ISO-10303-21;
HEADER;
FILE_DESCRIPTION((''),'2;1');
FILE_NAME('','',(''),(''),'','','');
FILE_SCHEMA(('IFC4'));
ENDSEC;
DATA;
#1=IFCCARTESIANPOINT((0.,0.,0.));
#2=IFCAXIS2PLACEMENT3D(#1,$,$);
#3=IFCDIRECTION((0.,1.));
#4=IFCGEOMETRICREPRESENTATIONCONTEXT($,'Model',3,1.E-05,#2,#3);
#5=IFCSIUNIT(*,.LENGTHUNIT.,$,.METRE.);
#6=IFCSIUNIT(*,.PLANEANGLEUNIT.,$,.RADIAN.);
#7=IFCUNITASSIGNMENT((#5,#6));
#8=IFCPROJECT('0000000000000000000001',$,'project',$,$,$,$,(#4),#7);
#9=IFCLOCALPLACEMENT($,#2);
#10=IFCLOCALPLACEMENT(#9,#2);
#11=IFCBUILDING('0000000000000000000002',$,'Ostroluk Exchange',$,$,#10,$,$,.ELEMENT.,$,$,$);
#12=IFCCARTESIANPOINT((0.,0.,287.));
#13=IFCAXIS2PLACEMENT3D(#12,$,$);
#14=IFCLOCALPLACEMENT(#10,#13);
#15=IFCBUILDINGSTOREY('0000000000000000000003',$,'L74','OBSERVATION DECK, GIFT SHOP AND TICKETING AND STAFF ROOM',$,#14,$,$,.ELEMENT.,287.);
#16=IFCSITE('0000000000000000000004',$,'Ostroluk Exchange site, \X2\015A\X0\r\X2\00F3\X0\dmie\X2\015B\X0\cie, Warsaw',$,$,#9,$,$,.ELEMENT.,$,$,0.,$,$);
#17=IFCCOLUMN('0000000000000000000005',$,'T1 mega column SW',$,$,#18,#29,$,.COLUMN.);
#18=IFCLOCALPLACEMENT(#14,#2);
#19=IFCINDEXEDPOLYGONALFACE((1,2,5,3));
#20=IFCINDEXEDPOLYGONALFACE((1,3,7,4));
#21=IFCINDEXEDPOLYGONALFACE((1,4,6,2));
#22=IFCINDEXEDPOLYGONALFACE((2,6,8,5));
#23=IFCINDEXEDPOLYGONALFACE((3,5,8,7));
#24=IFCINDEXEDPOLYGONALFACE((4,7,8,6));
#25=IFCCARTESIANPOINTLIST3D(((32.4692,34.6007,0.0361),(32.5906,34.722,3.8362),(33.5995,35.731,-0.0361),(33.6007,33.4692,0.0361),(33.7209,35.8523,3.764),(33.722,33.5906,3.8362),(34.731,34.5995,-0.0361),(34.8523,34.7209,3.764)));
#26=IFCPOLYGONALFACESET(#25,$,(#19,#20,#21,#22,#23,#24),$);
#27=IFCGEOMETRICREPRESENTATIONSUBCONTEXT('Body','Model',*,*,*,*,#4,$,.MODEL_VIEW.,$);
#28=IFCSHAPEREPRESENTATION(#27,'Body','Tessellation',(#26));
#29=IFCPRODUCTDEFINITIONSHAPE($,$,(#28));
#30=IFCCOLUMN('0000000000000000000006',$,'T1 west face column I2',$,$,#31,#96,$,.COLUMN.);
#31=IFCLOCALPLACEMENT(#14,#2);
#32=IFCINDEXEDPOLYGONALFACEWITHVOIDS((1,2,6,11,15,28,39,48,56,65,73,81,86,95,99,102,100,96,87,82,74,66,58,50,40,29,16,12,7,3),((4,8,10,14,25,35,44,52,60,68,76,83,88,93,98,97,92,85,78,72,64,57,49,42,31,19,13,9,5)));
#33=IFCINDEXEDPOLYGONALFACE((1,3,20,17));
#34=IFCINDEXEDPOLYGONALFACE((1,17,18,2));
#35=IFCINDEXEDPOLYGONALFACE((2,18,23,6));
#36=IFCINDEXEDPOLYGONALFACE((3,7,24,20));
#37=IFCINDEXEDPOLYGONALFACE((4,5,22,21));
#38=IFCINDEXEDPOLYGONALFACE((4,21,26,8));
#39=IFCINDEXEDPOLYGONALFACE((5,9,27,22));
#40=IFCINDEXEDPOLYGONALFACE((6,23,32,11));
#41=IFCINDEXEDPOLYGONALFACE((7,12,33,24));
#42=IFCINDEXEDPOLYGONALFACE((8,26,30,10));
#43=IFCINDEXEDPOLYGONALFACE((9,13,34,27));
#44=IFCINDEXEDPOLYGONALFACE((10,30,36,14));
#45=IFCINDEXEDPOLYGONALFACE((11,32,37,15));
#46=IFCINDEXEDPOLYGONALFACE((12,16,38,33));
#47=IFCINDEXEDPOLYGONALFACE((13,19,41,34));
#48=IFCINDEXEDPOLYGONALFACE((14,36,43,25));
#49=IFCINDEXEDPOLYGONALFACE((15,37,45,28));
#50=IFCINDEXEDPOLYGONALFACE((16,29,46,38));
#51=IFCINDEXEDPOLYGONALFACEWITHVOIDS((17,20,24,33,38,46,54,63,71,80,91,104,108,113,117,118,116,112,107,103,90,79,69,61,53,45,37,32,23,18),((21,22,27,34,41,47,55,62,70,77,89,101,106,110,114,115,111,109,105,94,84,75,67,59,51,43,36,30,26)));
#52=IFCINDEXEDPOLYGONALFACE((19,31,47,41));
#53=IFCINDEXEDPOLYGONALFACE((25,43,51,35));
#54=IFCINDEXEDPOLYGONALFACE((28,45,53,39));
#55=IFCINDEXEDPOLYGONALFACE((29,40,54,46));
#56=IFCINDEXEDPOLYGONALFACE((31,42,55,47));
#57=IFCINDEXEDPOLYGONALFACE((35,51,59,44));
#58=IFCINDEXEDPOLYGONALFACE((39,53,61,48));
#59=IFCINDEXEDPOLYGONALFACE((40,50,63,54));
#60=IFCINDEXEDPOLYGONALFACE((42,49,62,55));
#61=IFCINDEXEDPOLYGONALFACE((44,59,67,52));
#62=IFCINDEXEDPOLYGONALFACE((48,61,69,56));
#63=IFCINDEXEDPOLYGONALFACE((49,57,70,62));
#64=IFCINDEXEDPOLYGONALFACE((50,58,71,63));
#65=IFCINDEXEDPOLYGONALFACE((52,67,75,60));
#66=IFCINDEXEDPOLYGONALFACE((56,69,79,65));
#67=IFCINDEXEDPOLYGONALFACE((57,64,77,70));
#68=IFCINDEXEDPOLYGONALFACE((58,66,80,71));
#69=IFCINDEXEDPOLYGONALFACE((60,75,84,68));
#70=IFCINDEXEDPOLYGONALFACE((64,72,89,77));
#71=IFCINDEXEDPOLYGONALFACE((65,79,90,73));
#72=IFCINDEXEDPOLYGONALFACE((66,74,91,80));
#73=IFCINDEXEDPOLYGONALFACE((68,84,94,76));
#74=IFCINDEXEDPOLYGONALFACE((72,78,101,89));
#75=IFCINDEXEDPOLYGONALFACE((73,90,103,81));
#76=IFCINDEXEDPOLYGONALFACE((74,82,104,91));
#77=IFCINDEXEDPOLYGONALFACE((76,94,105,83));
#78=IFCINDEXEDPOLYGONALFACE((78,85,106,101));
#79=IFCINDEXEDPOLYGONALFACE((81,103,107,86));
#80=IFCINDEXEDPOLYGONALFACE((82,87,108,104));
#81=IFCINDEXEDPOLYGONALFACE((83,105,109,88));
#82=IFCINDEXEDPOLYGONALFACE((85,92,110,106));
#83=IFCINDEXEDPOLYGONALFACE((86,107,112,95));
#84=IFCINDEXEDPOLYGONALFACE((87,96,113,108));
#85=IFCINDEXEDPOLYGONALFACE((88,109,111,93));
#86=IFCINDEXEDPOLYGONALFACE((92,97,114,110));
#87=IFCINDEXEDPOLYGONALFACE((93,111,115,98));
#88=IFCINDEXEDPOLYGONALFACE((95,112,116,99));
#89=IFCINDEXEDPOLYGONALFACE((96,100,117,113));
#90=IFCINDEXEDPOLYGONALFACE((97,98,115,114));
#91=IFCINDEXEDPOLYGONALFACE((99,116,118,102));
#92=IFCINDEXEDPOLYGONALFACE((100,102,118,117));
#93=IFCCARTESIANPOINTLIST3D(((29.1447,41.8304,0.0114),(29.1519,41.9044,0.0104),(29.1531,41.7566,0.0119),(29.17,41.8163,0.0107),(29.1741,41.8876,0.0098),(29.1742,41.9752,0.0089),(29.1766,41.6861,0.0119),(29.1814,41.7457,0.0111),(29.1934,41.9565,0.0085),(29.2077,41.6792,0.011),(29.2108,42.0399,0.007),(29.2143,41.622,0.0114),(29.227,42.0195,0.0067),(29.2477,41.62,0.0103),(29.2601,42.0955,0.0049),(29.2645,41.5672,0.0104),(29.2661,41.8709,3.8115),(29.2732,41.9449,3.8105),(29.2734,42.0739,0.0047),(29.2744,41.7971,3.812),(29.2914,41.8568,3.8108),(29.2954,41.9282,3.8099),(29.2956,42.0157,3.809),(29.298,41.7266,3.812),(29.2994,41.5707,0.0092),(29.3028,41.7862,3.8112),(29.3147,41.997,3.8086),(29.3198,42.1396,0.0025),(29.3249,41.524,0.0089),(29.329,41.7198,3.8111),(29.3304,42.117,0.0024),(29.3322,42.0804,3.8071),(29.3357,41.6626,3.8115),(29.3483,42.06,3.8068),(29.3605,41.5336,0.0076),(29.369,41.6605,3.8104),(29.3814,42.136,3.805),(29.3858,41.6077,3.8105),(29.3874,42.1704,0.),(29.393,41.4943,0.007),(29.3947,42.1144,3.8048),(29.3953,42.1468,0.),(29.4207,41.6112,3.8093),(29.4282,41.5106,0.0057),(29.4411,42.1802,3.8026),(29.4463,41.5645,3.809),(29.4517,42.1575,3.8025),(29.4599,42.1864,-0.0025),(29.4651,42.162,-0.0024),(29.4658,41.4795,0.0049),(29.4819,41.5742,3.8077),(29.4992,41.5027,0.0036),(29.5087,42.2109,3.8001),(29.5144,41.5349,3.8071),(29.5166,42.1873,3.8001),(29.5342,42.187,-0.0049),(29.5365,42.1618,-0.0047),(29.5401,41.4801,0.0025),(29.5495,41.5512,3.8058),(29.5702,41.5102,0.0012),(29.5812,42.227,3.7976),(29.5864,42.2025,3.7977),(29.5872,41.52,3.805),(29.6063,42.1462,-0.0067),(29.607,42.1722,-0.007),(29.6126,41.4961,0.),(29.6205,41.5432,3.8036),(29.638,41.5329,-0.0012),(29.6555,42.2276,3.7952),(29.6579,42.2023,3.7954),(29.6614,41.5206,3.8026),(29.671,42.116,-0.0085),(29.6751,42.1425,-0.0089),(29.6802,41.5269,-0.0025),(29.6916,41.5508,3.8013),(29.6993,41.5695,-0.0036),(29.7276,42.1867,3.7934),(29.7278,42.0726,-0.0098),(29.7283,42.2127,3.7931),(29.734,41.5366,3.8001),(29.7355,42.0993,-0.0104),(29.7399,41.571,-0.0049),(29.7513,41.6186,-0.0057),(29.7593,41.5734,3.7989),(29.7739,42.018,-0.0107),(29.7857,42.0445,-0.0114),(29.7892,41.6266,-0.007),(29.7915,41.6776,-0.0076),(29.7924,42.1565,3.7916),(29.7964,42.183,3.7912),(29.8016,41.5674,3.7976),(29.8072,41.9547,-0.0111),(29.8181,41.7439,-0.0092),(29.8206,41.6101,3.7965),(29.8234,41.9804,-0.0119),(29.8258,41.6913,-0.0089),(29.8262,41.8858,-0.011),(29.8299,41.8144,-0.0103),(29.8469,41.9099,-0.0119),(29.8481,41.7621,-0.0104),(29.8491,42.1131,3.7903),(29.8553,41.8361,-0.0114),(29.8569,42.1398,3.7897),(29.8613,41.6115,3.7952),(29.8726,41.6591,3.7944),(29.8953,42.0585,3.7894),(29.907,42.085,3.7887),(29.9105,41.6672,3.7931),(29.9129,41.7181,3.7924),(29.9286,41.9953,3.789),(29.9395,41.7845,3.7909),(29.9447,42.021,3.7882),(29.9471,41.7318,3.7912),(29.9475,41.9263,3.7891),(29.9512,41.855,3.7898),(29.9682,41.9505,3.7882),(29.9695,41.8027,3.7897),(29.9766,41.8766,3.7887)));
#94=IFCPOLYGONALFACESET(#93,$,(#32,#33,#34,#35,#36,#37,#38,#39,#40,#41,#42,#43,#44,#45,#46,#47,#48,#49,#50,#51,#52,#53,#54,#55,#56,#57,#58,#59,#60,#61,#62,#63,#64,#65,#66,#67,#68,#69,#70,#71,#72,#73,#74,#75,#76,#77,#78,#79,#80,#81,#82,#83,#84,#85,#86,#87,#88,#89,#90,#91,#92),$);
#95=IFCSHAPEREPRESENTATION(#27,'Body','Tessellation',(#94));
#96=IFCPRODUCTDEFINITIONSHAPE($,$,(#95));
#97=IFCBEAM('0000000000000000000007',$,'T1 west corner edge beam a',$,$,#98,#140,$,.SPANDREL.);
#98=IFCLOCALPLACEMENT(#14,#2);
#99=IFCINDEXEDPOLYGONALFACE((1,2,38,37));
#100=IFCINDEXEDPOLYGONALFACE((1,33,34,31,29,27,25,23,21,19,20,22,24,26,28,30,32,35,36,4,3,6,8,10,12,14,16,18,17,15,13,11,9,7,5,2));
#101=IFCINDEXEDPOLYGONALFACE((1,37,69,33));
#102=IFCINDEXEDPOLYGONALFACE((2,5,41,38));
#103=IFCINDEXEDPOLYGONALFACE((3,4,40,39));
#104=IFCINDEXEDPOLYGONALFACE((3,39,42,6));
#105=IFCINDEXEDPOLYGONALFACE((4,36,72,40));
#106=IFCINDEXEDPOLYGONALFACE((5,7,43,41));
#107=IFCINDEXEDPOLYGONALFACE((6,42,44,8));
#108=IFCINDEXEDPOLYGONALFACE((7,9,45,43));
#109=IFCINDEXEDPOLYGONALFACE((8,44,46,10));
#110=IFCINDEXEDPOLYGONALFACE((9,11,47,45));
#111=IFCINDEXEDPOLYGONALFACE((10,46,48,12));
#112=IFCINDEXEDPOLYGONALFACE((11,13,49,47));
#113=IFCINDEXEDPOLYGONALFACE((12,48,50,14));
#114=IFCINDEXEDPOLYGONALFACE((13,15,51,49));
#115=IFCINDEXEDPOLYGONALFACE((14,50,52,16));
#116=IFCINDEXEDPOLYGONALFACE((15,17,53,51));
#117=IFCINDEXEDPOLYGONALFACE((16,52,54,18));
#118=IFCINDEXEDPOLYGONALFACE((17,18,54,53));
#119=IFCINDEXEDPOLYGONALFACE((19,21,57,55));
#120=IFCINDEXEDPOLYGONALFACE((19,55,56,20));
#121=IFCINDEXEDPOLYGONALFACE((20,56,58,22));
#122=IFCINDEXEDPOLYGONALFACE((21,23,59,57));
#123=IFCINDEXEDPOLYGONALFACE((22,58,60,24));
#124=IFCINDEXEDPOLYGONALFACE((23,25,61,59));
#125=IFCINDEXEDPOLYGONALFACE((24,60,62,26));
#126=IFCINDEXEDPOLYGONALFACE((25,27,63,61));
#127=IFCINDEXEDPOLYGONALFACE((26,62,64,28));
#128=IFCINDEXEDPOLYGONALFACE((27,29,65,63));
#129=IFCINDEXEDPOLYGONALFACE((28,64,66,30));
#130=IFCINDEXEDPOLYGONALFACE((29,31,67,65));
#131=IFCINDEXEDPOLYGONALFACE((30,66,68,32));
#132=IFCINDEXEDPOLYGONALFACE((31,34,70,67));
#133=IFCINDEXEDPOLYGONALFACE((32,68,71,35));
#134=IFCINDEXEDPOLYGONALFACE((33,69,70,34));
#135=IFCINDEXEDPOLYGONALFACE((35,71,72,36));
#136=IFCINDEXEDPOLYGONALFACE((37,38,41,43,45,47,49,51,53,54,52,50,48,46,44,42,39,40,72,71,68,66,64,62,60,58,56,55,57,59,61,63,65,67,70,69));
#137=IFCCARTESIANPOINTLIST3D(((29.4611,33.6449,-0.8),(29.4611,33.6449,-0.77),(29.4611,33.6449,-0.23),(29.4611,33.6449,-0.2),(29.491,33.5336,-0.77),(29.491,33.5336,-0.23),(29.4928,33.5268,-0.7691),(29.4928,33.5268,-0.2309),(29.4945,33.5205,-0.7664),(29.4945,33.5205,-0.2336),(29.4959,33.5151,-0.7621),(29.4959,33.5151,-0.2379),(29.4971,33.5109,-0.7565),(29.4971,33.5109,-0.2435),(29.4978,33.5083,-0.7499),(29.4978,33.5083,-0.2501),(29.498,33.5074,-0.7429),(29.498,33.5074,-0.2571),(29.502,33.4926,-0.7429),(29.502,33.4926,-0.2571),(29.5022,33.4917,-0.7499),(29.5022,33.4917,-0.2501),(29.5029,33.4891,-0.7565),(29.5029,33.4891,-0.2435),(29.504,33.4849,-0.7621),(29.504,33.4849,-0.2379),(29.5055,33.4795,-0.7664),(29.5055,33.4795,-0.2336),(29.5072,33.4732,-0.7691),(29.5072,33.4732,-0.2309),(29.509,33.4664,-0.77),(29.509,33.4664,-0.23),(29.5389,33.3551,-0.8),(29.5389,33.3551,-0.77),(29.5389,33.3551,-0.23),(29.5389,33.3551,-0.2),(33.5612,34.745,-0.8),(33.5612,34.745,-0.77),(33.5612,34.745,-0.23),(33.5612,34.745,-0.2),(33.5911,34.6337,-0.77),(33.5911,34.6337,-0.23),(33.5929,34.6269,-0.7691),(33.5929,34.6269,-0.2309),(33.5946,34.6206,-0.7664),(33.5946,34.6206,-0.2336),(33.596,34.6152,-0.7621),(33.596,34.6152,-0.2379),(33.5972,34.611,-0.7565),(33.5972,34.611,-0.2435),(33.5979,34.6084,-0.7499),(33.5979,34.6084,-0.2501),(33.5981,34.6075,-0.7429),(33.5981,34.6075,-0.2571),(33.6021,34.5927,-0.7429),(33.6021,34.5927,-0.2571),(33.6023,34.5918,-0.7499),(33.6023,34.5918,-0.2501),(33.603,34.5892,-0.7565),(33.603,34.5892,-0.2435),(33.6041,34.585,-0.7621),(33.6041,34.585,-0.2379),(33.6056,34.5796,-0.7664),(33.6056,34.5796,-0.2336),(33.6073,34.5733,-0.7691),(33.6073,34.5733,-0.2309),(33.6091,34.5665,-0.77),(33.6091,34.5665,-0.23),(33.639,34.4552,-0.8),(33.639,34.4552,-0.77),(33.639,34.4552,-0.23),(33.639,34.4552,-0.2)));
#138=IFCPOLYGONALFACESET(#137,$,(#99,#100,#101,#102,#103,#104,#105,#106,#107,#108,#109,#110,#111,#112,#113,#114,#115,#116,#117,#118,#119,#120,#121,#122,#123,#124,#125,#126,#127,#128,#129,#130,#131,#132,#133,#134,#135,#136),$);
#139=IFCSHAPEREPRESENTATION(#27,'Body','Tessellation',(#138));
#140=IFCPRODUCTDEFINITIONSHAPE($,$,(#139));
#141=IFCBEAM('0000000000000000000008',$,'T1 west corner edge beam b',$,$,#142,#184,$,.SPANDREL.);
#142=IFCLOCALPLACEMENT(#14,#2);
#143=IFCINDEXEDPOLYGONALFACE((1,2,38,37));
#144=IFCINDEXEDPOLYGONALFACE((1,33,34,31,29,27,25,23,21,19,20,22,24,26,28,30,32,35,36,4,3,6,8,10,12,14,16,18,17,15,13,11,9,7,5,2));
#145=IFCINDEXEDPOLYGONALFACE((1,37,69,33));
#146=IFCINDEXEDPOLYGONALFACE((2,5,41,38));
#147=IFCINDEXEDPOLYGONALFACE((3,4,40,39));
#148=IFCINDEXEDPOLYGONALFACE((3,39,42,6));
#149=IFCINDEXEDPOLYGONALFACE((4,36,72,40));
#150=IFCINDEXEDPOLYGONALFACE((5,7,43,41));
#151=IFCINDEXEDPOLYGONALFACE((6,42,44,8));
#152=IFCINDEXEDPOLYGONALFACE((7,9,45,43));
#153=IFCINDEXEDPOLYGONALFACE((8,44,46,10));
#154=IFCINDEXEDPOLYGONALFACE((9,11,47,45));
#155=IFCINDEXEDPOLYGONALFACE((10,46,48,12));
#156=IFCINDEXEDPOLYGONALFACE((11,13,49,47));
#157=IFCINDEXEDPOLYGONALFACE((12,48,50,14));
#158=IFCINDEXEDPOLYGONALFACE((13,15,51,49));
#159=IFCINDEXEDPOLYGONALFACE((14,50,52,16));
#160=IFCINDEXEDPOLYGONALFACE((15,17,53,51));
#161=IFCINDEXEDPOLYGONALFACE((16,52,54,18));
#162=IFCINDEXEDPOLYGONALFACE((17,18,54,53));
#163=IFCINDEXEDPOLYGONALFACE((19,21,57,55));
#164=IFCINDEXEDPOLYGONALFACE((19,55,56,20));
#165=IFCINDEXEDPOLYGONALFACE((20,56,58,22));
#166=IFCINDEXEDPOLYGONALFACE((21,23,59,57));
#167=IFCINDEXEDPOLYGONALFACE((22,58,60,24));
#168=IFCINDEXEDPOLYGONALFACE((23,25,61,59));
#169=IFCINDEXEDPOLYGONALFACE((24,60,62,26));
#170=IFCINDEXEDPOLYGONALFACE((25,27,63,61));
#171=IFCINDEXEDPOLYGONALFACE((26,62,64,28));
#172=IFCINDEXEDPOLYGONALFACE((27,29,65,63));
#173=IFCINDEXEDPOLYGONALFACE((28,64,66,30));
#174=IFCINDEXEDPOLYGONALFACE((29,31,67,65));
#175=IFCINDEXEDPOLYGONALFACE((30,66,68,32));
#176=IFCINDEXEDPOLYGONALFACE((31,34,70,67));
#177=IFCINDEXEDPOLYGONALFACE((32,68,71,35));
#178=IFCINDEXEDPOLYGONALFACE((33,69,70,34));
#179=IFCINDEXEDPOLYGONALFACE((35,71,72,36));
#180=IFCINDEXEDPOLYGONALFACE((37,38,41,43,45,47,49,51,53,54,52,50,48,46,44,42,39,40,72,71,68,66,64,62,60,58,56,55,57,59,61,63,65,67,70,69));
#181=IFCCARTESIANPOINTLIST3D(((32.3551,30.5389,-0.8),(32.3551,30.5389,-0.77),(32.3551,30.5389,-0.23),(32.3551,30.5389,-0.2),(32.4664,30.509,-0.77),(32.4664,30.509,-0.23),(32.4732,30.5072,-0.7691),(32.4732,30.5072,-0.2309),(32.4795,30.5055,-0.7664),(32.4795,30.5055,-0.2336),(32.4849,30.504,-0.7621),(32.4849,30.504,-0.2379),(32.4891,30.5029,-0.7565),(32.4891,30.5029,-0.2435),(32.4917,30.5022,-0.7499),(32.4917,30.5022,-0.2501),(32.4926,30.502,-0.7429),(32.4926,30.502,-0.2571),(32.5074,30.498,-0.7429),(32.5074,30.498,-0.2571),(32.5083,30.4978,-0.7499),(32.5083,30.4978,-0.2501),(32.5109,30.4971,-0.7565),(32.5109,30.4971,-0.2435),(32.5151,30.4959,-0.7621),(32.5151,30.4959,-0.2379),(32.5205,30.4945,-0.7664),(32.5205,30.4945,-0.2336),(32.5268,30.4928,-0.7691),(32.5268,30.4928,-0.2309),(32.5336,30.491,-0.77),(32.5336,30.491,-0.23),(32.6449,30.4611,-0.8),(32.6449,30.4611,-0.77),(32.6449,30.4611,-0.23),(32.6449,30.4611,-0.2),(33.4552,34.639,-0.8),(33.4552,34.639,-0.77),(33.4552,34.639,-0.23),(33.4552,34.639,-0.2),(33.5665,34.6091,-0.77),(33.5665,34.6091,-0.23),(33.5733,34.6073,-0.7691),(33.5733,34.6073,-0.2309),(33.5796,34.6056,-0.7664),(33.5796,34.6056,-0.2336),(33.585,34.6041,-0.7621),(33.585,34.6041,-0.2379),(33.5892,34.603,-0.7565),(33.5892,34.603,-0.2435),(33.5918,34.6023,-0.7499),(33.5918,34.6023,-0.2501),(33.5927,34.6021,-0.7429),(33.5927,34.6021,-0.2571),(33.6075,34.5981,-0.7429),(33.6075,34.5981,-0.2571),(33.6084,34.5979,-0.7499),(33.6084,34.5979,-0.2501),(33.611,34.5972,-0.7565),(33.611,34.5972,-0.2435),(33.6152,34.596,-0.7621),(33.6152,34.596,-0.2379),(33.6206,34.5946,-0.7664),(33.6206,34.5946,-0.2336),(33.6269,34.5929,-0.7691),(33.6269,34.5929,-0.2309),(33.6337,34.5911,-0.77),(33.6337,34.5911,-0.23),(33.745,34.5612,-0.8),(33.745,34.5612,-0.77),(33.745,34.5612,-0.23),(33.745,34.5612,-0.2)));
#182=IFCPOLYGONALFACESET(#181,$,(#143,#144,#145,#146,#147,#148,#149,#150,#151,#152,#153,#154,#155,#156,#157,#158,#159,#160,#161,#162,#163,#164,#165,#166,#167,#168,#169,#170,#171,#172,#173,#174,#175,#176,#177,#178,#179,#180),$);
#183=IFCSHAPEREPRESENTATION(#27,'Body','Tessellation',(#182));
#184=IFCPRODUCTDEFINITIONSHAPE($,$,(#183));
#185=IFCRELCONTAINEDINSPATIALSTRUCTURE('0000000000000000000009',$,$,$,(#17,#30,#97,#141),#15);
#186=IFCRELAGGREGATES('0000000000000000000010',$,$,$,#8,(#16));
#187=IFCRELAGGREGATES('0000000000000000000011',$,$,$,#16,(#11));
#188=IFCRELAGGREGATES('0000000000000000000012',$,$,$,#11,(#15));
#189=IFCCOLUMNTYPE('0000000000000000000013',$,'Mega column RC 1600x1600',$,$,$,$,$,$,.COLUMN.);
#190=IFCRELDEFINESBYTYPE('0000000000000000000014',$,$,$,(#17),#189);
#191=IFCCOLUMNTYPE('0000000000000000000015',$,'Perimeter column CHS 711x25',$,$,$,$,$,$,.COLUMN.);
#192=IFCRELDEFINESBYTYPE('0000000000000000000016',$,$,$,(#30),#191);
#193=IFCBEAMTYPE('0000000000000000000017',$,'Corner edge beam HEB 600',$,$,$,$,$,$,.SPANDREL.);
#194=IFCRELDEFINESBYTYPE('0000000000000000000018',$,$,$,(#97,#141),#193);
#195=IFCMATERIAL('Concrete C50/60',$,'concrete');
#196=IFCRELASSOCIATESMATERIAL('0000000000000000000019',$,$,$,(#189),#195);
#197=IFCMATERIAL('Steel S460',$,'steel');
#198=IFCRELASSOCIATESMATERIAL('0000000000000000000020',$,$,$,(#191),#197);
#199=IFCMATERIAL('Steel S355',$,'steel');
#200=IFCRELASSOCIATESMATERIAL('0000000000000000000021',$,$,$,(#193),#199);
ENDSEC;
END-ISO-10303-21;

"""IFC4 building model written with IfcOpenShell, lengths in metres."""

from ifc_helpers import new_model, si_unit, direction, frame, origin, origin_2d, place, context, subcontext, project, spatial, rectangle, hollow_circle, i_section, extrude, material, material_profile, profile_set, type_object, element, save


model = new_model("IFC4")

# Units and contexts
model_context = context("Model", 3, precision=1e-05, world=origin(), true_north=direction((0.0, 1.0)))
body_context = subcontext(model_context, "Body", "Model", "MODEL_VIEW")
ifc_project = project(units=[si_unit("LENGTHUNIT", "METRE"), si_unit("PLANEANGLEUNIT", "RADIAN")], contexts=[model_context])

# Site, building, storey
site_placement = place(None, origin())
site = spatial("IfcSite", under=ifc_project, at=site_placement, Name="Ostroluk Exchange site, Śródmieście, Warsaw", CompositionType="ELEMENT", RefElevation=0.0)
building_placement = place(site_placement, origin())
building = spatial("IfcBuilding", under=site, at=building_placement, Name="Ostroluk Exchange", CompositionType="ELEMENT")
storey_placement = place(building_placement, frame((0.0, 0.0, 287.0)))
storey = spatial("IfcBuildingStorey", under=building, at=storey_placement, Name="L74", Description="OBSERVATION DECK, GIFT SHOP AND TICKETING AND STAFF ROOM", CompositionType="ELEMENT", Elevation=287.0)

# Columns
ifc_material_1 = material(Name="Concrete C50/60", Category="concrete")
ifc_material_profile_1 = material_profile(ifc_material_1, rectangle(XDim=1.6001, YDim=1.6001, at=origin_2d()), Name="RC 1600x1600")
ifc_profile_set_1 = profile_set([ifc_material_profile_1], Name="Concrete C50/60")
column_type_1 = type_object("IfcColumnType", Name="Mega column RC 1600x1600", PredefinedType="COLUMN", material=ifc_profile_set_1)
column_1_placement = place(storey_placement, frame((33.6001, 34.6001, 0.0), z_axis=(0.031898, 0.031898, 0.998982), x_axis=(-0.707107, 0.707107, 0.0)))
element("IfcColumn", 1, at=column_1_placement, inside=storey, type_object=column_type_1, Name="T1 mega column SW", PredefinedType="COLUMN", context=body_context, shape_type="SweptSolid", body=[
    extrude(rectangle(XDim=1.6001, YDim=1.6001, at=origin_2d()), origin(), (0.0, 0.0, 1.0), 3.804),
])
ifc_material_2 = material(Name="Steel S460", Category="steel")
ifc_material_profile_2 = material_profile(ifc_material_2, hollow_circle(Radius=0.3555, WallThickness=0.0249, at=origin_2d()), Name="CHS 711x25")
ifc_profile_set_2 = profile_set([ifc_material_profile_2], Name="Steel S460")
column_type_2 = type_object("IfcColumnType", Name="Perimeter column CHS 711x25", PredefinedType="COLUMN", material=ifc_profile_set_2)
column_2_placement = place(storey_placement, frame((29.5, 41.8333, 0.0), z_axis=(0.031913, 0.010659, 0.999434), x_axis=(-0.3168, 0.948492, 0.0)))
element("IfcColumn", 2, at=column_2_placement, inside=storey, type_object=column_type_2, Name="T1 west face column I2", PredefinedType="COLUMN", context=body_context, shape_type="SweptSolid", body=[
    extrude(hollow_circle(Radius=0.3555, WallThickness=0.0249, at=origin_2d()), origin(), (0.0, 0.0, 1.0), 3.8022),
])

# Beams
ifc_material_3 = material(Name="Steel S355", Category="steel")
ifc_material_profile_3 = material_profile(ifc_material_3, i_section(OverallWidth=0.3, OverallDepth=0.6001, WebThickness=0.0154, FlangeThickness=0.03, FilletRadius=0.0271, at=origin_2d()), Name="HEB 600")
ifc_profile_set_3 = profile_set([ifc_material_profile_3], Name="Steel S355")
beam_type_1 = type_object("IfcBeamType", Name="Corner edge beam HEB 600", PredefinedType="SPANDREL", material=ifc_profile_set_3)
for number, where, z_axis, x_axis, name in (
    (3, (33.6001, 34.6001, -0.5), (-0.965839, -0.259144, 0.0), (0.259144, -0.965839, 0.0), "T1 west corner edge beam a"),
    (4, (33.6001, 34.6001, -0.5), (-0.259144, -0.965839, 0.0), (0.965839, -0.259144, 0.0), "T1 west corner edge beam b"),
):
    element("IfcBeam", number, at=place(storey_placement, frame(where, z_axis=z_axis, x_axis=x_axis)), inside=storey, type_object=beam_type_1, Name=name, PredefinedType="SPANDREL", context=body_context, shape_type="SweptSolid", body=[
        extrude(i_section(OverallWidth=0.3, OverallDepth=0.6001, WebThickness=0.0154, FlangeThickness=0.03, FilletRadius=0.0271, at=origin_2d()), origin(), (0.0, 0.0, 1.0), 4.2451),
    ])

save(model, "model.ifc")
